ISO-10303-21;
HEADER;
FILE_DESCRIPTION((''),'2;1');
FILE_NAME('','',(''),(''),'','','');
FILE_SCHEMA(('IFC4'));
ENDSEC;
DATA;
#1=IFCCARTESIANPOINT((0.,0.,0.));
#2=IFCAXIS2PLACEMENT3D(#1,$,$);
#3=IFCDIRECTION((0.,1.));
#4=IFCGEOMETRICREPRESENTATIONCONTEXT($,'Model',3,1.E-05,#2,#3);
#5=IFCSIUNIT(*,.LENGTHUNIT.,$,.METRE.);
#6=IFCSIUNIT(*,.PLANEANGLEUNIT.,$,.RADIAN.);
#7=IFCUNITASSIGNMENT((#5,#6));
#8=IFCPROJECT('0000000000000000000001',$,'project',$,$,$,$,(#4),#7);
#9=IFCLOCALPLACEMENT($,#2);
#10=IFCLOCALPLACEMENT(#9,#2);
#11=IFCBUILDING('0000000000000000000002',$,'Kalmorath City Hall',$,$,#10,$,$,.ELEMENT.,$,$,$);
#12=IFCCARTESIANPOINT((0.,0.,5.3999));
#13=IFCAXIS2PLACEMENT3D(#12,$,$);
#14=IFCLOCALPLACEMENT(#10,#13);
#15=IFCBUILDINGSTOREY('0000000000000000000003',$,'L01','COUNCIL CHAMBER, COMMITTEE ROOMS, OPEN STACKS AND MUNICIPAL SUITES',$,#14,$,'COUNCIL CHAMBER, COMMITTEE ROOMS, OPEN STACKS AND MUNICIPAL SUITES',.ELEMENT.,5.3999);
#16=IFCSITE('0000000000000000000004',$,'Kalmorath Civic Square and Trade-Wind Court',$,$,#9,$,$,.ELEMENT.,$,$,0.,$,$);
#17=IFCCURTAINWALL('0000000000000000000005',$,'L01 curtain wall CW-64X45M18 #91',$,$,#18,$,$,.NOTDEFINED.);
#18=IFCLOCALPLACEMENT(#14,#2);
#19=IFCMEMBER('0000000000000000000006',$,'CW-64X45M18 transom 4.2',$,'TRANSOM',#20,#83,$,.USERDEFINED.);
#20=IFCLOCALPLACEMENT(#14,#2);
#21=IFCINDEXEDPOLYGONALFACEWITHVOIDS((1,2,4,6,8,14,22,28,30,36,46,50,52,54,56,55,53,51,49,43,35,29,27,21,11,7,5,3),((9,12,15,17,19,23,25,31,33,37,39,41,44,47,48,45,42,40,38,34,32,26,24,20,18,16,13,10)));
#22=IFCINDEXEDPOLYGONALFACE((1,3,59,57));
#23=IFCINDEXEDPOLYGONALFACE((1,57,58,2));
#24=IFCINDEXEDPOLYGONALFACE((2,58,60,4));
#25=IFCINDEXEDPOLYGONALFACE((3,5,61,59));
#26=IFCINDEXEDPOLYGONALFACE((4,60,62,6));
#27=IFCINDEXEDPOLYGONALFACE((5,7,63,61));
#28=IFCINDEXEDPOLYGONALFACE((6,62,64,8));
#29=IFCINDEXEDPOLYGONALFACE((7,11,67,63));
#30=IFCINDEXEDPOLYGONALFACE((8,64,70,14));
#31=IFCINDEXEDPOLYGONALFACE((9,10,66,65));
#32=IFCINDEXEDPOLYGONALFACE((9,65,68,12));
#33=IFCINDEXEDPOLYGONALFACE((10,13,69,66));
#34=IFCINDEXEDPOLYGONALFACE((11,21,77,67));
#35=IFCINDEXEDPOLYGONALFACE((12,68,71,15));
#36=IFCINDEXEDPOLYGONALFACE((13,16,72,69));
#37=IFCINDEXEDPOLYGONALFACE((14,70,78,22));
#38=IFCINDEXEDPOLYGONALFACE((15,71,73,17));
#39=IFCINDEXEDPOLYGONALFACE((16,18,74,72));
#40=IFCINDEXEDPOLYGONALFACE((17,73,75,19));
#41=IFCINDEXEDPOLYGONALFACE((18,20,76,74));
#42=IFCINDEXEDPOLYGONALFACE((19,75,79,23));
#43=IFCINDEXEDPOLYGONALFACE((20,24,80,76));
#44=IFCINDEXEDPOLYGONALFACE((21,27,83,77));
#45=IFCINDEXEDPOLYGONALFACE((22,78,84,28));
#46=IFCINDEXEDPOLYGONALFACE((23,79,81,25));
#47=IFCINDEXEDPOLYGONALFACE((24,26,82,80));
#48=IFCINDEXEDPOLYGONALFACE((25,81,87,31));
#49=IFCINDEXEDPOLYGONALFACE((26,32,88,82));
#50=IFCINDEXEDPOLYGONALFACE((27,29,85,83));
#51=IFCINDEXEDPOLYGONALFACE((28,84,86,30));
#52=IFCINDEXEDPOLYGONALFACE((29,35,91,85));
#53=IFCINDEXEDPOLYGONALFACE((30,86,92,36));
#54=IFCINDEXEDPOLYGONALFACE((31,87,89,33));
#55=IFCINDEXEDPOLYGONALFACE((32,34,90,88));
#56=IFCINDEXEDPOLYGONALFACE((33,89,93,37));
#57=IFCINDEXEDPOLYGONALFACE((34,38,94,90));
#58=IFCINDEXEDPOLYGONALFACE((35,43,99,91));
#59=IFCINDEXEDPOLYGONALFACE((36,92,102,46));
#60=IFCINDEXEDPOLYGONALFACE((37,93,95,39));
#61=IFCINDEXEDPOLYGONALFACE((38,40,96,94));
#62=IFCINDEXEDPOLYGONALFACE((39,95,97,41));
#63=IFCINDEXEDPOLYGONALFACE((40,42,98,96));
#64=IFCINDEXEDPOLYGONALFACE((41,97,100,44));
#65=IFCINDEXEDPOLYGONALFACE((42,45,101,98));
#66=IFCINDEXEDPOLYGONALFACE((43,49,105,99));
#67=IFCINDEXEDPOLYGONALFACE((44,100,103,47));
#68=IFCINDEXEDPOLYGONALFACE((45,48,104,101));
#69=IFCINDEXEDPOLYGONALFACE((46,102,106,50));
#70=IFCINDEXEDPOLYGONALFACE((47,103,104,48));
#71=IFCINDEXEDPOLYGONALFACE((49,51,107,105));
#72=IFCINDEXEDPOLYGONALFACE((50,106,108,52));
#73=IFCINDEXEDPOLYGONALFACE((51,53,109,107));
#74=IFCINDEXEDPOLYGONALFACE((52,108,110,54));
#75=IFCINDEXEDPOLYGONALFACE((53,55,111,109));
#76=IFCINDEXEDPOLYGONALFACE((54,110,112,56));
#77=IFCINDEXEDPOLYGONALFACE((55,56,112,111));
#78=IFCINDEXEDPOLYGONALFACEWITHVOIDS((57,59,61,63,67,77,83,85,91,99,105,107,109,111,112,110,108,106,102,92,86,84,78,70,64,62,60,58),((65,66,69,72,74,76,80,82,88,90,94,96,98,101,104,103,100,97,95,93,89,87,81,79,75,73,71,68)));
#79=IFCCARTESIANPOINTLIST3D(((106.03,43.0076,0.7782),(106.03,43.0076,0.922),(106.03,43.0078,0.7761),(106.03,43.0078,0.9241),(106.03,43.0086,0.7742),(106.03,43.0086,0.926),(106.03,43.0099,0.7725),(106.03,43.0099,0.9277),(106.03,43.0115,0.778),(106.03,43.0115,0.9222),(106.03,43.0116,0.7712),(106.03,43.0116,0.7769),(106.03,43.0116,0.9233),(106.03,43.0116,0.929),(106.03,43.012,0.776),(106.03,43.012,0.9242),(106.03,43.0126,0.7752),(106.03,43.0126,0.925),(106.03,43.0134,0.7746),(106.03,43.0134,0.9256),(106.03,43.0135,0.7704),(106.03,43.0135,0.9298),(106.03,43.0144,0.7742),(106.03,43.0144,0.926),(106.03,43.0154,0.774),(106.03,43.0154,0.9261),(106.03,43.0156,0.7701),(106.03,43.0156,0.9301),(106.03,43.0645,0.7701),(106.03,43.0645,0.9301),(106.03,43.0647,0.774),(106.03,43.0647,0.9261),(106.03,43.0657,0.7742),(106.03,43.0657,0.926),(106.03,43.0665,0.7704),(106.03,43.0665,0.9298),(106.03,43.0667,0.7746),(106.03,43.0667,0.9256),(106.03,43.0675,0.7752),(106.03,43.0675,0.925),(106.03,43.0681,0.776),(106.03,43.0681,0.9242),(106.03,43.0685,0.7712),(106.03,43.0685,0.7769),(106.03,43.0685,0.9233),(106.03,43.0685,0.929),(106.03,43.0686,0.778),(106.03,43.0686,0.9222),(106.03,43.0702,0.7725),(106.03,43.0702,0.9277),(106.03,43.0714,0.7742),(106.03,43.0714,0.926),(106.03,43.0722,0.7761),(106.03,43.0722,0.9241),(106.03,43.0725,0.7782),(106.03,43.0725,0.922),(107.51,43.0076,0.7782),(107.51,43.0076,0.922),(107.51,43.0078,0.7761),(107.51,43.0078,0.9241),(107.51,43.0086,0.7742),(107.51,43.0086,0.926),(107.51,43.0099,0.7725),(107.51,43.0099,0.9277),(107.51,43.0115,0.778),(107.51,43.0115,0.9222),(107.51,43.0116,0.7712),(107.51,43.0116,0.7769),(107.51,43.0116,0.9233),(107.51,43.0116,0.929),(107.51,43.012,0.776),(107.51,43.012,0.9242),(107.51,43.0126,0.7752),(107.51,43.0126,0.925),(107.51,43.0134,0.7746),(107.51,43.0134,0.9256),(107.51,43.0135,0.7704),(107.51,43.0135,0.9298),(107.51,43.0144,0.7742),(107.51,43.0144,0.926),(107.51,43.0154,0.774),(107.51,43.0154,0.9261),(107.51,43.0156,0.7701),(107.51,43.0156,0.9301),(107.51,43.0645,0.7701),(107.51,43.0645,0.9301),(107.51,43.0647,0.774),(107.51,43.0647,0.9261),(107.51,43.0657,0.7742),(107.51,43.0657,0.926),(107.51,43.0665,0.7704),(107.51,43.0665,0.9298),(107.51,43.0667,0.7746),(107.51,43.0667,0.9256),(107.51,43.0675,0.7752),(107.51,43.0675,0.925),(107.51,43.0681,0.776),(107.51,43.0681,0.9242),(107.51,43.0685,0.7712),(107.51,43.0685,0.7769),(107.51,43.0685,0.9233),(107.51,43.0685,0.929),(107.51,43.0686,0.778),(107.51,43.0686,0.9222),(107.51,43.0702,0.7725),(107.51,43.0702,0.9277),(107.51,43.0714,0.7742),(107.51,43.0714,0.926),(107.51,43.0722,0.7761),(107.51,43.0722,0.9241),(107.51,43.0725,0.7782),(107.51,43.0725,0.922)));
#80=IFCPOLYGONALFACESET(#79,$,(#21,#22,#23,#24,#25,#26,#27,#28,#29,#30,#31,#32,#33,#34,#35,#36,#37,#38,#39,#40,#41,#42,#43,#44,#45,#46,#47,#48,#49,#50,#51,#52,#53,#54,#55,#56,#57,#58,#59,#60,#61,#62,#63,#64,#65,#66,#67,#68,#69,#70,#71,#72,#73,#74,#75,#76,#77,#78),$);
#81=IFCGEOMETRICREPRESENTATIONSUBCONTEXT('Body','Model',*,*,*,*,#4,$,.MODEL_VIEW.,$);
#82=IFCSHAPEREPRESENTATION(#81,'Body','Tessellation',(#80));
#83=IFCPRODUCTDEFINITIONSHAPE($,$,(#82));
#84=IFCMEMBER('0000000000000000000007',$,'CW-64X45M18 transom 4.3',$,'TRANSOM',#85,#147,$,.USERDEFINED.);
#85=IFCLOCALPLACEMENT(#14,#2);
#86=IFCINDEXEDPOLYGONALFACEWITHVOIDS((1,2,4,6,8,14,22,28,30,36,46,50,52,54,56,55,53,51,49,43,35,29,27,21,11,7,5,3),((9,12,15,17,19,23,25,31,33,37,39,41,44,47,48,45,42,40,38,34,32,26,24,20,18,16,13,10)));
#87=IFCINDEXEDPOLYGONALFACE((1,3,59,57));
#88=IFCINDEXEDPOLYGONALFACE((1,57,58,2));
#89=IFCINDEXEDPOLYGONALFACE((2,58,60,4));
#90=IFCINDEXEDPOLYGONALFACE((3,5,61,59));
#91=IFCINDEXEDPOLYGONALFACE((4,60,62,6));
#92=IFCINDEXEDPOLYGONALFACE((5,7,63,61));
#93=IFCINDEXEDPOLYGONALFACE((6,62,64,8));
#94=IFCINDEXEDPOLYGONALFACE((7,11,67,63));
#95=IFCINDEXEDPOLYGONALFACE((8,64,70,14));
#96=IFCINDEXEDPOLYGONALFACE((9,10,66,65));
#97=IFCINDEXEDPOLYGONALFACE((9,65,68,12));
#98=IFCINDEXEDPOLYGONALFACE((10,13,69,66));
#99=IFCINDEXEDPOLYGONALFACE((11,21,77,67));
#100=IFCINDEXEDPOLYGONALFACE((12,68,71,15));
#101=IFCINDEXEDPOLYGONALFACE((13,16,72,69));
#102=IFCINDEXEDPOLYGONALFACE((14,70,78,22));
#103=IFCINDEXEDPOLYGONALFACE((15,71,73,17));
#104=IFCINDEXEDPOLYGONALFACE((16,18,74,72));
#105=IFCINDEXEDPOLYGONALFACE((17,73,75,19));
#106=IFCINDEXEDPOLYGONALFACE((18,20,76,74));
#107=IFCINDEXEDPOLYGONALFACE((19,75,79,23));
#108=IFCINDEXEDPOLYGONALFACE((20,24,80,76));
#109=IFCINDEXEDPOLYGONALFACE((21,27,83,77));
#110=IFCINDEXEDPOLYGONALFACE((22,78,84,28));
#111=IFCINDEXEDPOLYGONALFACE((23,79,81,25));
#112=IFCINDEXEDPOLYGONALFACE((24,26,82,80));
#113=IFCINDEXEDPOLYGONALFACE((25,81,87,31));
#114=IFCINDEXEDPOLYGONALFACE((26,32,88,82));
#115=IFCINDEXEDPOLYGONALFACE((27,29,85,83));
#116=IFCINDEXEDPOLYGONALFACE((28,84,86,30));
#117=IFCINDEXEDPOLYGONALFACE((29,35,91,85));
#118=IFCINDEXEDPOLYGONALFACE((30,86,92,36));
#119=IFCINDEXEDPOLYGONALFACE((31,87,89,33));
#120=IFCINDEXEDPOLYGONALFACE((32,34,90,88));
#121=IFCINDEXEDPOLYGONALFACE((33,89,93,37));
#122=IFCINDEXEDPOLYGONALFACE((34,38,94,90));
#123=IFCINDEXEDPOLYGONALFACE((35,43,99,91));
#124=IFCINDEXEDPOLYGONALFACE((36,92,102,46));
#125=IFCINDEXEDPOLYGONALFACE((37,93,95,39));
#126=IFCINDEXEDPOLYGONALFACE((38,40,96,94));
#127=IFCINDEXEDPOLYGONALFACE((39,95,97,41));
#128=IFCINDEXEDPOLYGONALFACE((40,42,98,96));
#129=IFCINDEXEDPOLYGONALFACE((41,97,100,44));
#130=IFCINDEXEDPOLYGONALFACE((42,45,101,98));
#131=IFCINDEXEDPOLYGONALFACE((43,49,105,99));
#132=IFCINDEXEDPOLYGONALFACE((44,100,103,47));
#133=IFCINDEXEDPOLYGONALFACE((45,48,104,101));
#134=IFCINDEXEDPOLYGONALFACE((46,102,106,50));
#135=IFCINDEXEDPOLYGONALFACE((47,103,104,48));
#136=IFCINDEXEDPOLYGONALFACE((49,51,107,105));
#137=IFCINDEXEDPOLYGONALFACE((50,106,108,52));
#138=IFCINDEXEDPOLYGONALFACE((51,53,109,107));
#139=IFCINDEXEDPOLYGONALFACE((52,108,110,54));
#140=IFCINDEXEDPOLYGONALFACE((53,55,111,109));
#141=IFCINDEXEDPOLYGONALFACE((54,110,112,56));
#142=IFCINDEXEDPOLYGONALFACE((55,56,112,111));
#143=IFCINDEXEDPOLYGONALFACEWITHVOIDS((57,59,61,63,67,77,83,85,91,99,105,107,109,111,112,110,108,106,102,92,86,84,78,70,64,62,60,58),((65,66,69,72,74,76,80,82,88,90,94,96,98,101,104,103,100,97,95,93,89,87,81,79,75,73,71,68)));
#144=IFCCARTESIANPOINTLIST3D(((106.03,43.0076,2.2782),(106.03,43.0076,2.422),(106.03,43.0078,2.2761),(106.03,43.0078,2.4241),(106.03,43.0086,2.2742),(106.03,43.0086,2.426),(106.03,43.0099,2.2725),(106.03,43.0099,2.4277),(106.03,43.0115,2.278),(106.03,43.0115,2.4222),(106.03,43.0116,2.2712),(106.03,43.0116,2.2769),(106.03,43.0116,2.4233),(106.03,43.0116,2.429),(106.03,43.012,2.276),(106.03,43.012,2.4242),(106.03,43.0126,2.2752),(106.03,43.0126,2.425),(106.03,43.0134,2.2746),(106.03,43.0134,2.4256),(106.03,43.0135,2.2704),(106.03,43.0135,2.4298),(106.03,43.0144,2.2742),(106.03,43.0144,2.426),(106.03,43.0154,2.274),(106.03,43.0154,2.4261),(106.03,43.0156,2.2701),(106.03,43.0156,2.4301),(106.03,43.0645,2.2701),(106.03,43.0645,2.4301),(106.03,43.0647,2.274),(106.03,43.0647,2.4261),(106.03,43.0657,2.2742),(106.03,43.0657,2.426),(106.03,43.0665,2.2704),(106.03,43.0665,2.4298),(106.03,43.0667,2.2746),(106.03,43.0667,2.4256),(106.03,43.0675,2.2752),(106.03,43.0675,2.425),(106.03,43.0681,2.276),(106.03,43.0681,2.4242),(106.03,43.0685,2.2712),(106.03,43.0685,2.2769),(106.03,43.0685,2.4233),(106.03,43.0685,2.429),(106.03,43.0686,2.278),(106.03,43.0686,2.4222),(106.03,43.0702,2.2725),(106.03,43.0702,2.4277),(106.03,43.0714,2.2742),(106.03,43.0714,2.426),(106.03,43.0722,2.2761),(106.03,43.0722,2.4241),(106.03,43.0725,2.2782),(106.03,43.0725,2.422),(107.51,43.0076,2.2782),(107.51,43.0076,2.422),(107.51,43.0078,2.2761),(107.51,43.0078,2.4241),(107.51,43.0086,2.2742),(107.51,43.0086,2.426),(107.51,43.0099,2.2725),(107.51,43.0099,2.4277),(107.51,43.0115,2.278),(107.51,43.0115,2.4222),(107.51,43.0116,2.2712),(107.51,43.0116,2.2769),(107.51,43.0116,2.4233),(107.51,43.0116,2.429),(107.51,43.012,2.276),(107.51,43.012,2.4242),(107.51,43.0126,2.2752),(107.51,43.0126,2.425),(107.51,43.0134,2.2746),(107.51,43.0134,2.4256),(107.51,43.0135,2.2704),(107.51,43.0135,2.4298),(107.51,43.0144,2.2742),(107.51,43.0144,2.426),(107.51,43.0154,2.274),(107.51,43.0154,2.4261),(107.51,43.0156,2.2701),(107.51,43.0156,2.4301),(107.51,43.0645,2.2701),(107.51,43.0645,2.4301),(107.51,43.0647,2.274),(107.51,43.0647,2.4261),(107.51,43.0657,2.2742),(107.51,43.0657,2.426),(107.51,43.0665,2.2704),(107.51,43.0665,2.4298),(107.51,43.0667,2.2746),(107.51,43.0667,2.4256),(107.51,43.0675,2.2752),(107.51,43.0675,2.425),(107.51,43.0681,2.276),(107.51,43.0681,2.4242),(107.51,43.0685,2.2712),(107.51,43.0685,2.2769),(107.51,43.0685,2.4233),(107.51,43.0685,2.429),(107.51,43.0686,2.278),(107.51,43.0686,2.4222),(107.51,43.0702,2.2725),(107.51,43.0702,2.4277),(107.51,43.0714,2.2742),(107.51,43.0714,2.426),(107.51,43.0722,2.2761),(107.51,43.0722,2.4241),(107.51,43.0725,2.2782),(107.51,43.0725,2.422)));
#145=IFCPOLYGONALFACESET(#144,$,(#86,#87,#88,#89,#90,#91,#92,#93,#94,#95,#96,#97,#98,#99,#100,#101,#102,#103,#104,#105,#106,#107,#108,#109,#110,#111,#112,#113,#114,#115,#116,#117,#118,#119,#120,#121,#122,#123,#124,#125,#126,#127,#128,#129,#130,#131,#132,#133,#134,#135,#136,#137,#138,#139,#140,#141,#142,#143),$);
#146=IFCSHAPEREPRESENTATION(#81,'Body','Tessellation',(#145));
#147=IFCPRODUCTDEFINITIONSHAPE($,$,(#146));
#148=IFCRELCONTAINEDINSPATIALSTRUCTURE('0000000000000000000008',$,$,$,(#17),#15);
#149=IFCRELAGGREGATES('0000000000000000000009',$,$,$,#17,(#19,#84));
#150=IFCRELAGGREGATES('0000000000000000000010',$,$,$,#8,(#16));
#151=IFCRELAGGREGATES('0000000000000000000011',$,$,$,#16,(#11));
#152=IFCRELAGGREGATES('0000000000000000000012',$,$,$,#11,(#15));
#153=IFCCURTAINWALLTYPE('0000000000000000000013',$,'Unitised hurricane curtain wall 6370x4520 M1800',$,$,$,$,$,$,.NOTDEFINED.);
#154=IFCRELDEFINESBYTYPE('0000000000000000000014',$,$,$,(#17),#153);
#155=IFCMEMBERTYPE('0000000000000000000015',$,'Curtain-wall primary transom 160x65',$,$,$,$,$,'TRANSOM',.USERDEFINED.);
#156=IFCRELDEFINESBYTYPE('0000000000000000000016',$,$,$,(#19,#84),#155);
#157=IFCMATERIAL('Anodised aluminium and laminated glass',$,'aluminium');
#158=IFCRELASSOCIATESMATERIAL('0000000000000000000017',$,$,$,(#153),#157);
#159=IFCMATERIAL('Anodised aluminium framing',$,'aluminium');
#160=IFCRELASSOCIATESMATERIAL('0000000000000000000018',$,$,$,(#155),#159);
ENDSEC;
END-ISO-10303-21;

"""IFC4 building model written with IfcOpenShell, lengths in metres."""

from ifc_helpers import new_model, si_unit, direction, frame, origin, origin_2d, place, context, subcontext, project, spatial, hollow_rectangle, extrude, material, material_profile, profile_set, type_object, element, aggregate, save


model = new_model("IFC4")

# Units and contexts
model_context = context("Model", 3, precision=1e-05, world=origin(), true_north=direction((0.0, 1.0)))
body_context = subcontext(model_context, "Body", "Model", "MODEL_VIEW")
ifc_project = project(units=[si_unit("LENGTHUNIT", "METRE"), si_unit("PLANEANGLEUNIT", "RADIAN")], contexts=[model_context])

# Site, building, storey
site_placement = place(None, origin())
site = spatial("IfcSite", under=ifc_project, at=site_placement, Name="Kalmorath Civic Square and Trade-Wind Court", CompositionType="ELEMENT", RefElevation=0.0)
building_placement = place(site_placement, origin())
building = spatial("IfcBuilding", under=site, at=building_placement, Name="Kalmorath City Hall", CompositionType="ELEMENT")
storey_placement = place(building_placement, frame((0.0, 0.0, 5.3999)))
storey = spatial("IfcBuildingStorey", under=building, at=storey_placement, Name="L01", Description="COUNCIL CHAMBER, COMMITTEE ROOMS, OPEN STACKS AND MUNICIPAL SUITES", LongName="COUNCIL CHAMBER, COMMITTEE ROOMS, OPEN STACKS AND MUNICIPAL SUITES", CompositionType="ELEMENT", Elevation=5.3999)

# Curtain wall, members
ifc_material_1 = material(Name="Anodised aluminium and laminated glass", Category="aluminium")
curtain_wall_type = type_object("IfcCurtainWallType", Name="Unitised hurricane curtain wall 6370x4520 M1800", PredefinedType="NOTDEFINED", material=ifc_material_1)
curtain_wall_placement = place(storey_placement, origin())
curtain_wall = element("IfcCurtainWall", 1, at=curtain_wall_placement, inside=storey, type_object=curtain_wall_type, Name="L01 curtain wall CW-64X45M18 #91", PredefinedType="NOTDEFINED")
ifc_material_2 = material(Name="Anodised aluminium framing", Category="aluminium")
ifc_material_profile_1 = material_profile(ifc_material_2, hollow_rectangle(XDim=0.0649, YDim=0.1599, WallThickness=0.0039, InnerFilletRadius=0.0039, OuterFilletRadius=0.0081, at=origin_2d()), Name="ALU-TRN-160X65X4")
ifc_profile_set_1 = profile_set([ifc_material_profile_1], Name="Anodised aluminium framing")
member_type_1 = type_object("IfcMemberType", Name="Curtain-wall primary transom 160x65", ElementType="TRANSOM", PredefinedType="USERDEFINED", material=ifc_profile_set_1)
member_1_placement = place(storey_placement, frame((106.03, 43.04, 0.8501), z_axis=(1.0, 0.0, 0.0), x_axis=(0.0, 1.0, 0.0)))
member_1 = element("IfcMember", 2, at=member_1_placement, type_object=member_type_1, Name="CW-64X45M18 transom 4.2", ObjectType="TRANSOM", PredefinedType="USERDEFINED", context=body_context, shape_type="SweptSolid", body=[
    extrude(hollow_rectangle(XDim=0.0649, YDim=0.1599, WallThickness=0.0039, InnerFilletRadius=0.0039, OuterFilletRadius=0.0081, at=origin_2d()), origin(), (0.0, 0.0, 1.0), 1.48),
])
member_2_placement = place(storey_placement, frame((106.03, 43.04, 2.3501), z_axis=(1.0, 0.0, 0.0), x_axis=(0.0, 1.0, 0.0)))
member_2 = element("IfcMember", 3, at=member_2_placement, type_object=member_type_1, Name="CW-64X45M18 transom 4.3", ObjectType="TRANSOM", PredefinedType="USERDEFINED", context=body_context, shape_type="SweptSolid", body=[
    extrude(hollow_rectangle(XDim=0.0649, YDim=0.1599, WallThickness=0.0039, InnerFilletRadius=0.0039, OuterFilletRadius=0.0081, at=origin_2d()), origin(), (0.0, 0.0, 1.0), 1.48),
])
aggregate(curtain_wall, [member_1, member_2])

save(model, "model.ifc")
